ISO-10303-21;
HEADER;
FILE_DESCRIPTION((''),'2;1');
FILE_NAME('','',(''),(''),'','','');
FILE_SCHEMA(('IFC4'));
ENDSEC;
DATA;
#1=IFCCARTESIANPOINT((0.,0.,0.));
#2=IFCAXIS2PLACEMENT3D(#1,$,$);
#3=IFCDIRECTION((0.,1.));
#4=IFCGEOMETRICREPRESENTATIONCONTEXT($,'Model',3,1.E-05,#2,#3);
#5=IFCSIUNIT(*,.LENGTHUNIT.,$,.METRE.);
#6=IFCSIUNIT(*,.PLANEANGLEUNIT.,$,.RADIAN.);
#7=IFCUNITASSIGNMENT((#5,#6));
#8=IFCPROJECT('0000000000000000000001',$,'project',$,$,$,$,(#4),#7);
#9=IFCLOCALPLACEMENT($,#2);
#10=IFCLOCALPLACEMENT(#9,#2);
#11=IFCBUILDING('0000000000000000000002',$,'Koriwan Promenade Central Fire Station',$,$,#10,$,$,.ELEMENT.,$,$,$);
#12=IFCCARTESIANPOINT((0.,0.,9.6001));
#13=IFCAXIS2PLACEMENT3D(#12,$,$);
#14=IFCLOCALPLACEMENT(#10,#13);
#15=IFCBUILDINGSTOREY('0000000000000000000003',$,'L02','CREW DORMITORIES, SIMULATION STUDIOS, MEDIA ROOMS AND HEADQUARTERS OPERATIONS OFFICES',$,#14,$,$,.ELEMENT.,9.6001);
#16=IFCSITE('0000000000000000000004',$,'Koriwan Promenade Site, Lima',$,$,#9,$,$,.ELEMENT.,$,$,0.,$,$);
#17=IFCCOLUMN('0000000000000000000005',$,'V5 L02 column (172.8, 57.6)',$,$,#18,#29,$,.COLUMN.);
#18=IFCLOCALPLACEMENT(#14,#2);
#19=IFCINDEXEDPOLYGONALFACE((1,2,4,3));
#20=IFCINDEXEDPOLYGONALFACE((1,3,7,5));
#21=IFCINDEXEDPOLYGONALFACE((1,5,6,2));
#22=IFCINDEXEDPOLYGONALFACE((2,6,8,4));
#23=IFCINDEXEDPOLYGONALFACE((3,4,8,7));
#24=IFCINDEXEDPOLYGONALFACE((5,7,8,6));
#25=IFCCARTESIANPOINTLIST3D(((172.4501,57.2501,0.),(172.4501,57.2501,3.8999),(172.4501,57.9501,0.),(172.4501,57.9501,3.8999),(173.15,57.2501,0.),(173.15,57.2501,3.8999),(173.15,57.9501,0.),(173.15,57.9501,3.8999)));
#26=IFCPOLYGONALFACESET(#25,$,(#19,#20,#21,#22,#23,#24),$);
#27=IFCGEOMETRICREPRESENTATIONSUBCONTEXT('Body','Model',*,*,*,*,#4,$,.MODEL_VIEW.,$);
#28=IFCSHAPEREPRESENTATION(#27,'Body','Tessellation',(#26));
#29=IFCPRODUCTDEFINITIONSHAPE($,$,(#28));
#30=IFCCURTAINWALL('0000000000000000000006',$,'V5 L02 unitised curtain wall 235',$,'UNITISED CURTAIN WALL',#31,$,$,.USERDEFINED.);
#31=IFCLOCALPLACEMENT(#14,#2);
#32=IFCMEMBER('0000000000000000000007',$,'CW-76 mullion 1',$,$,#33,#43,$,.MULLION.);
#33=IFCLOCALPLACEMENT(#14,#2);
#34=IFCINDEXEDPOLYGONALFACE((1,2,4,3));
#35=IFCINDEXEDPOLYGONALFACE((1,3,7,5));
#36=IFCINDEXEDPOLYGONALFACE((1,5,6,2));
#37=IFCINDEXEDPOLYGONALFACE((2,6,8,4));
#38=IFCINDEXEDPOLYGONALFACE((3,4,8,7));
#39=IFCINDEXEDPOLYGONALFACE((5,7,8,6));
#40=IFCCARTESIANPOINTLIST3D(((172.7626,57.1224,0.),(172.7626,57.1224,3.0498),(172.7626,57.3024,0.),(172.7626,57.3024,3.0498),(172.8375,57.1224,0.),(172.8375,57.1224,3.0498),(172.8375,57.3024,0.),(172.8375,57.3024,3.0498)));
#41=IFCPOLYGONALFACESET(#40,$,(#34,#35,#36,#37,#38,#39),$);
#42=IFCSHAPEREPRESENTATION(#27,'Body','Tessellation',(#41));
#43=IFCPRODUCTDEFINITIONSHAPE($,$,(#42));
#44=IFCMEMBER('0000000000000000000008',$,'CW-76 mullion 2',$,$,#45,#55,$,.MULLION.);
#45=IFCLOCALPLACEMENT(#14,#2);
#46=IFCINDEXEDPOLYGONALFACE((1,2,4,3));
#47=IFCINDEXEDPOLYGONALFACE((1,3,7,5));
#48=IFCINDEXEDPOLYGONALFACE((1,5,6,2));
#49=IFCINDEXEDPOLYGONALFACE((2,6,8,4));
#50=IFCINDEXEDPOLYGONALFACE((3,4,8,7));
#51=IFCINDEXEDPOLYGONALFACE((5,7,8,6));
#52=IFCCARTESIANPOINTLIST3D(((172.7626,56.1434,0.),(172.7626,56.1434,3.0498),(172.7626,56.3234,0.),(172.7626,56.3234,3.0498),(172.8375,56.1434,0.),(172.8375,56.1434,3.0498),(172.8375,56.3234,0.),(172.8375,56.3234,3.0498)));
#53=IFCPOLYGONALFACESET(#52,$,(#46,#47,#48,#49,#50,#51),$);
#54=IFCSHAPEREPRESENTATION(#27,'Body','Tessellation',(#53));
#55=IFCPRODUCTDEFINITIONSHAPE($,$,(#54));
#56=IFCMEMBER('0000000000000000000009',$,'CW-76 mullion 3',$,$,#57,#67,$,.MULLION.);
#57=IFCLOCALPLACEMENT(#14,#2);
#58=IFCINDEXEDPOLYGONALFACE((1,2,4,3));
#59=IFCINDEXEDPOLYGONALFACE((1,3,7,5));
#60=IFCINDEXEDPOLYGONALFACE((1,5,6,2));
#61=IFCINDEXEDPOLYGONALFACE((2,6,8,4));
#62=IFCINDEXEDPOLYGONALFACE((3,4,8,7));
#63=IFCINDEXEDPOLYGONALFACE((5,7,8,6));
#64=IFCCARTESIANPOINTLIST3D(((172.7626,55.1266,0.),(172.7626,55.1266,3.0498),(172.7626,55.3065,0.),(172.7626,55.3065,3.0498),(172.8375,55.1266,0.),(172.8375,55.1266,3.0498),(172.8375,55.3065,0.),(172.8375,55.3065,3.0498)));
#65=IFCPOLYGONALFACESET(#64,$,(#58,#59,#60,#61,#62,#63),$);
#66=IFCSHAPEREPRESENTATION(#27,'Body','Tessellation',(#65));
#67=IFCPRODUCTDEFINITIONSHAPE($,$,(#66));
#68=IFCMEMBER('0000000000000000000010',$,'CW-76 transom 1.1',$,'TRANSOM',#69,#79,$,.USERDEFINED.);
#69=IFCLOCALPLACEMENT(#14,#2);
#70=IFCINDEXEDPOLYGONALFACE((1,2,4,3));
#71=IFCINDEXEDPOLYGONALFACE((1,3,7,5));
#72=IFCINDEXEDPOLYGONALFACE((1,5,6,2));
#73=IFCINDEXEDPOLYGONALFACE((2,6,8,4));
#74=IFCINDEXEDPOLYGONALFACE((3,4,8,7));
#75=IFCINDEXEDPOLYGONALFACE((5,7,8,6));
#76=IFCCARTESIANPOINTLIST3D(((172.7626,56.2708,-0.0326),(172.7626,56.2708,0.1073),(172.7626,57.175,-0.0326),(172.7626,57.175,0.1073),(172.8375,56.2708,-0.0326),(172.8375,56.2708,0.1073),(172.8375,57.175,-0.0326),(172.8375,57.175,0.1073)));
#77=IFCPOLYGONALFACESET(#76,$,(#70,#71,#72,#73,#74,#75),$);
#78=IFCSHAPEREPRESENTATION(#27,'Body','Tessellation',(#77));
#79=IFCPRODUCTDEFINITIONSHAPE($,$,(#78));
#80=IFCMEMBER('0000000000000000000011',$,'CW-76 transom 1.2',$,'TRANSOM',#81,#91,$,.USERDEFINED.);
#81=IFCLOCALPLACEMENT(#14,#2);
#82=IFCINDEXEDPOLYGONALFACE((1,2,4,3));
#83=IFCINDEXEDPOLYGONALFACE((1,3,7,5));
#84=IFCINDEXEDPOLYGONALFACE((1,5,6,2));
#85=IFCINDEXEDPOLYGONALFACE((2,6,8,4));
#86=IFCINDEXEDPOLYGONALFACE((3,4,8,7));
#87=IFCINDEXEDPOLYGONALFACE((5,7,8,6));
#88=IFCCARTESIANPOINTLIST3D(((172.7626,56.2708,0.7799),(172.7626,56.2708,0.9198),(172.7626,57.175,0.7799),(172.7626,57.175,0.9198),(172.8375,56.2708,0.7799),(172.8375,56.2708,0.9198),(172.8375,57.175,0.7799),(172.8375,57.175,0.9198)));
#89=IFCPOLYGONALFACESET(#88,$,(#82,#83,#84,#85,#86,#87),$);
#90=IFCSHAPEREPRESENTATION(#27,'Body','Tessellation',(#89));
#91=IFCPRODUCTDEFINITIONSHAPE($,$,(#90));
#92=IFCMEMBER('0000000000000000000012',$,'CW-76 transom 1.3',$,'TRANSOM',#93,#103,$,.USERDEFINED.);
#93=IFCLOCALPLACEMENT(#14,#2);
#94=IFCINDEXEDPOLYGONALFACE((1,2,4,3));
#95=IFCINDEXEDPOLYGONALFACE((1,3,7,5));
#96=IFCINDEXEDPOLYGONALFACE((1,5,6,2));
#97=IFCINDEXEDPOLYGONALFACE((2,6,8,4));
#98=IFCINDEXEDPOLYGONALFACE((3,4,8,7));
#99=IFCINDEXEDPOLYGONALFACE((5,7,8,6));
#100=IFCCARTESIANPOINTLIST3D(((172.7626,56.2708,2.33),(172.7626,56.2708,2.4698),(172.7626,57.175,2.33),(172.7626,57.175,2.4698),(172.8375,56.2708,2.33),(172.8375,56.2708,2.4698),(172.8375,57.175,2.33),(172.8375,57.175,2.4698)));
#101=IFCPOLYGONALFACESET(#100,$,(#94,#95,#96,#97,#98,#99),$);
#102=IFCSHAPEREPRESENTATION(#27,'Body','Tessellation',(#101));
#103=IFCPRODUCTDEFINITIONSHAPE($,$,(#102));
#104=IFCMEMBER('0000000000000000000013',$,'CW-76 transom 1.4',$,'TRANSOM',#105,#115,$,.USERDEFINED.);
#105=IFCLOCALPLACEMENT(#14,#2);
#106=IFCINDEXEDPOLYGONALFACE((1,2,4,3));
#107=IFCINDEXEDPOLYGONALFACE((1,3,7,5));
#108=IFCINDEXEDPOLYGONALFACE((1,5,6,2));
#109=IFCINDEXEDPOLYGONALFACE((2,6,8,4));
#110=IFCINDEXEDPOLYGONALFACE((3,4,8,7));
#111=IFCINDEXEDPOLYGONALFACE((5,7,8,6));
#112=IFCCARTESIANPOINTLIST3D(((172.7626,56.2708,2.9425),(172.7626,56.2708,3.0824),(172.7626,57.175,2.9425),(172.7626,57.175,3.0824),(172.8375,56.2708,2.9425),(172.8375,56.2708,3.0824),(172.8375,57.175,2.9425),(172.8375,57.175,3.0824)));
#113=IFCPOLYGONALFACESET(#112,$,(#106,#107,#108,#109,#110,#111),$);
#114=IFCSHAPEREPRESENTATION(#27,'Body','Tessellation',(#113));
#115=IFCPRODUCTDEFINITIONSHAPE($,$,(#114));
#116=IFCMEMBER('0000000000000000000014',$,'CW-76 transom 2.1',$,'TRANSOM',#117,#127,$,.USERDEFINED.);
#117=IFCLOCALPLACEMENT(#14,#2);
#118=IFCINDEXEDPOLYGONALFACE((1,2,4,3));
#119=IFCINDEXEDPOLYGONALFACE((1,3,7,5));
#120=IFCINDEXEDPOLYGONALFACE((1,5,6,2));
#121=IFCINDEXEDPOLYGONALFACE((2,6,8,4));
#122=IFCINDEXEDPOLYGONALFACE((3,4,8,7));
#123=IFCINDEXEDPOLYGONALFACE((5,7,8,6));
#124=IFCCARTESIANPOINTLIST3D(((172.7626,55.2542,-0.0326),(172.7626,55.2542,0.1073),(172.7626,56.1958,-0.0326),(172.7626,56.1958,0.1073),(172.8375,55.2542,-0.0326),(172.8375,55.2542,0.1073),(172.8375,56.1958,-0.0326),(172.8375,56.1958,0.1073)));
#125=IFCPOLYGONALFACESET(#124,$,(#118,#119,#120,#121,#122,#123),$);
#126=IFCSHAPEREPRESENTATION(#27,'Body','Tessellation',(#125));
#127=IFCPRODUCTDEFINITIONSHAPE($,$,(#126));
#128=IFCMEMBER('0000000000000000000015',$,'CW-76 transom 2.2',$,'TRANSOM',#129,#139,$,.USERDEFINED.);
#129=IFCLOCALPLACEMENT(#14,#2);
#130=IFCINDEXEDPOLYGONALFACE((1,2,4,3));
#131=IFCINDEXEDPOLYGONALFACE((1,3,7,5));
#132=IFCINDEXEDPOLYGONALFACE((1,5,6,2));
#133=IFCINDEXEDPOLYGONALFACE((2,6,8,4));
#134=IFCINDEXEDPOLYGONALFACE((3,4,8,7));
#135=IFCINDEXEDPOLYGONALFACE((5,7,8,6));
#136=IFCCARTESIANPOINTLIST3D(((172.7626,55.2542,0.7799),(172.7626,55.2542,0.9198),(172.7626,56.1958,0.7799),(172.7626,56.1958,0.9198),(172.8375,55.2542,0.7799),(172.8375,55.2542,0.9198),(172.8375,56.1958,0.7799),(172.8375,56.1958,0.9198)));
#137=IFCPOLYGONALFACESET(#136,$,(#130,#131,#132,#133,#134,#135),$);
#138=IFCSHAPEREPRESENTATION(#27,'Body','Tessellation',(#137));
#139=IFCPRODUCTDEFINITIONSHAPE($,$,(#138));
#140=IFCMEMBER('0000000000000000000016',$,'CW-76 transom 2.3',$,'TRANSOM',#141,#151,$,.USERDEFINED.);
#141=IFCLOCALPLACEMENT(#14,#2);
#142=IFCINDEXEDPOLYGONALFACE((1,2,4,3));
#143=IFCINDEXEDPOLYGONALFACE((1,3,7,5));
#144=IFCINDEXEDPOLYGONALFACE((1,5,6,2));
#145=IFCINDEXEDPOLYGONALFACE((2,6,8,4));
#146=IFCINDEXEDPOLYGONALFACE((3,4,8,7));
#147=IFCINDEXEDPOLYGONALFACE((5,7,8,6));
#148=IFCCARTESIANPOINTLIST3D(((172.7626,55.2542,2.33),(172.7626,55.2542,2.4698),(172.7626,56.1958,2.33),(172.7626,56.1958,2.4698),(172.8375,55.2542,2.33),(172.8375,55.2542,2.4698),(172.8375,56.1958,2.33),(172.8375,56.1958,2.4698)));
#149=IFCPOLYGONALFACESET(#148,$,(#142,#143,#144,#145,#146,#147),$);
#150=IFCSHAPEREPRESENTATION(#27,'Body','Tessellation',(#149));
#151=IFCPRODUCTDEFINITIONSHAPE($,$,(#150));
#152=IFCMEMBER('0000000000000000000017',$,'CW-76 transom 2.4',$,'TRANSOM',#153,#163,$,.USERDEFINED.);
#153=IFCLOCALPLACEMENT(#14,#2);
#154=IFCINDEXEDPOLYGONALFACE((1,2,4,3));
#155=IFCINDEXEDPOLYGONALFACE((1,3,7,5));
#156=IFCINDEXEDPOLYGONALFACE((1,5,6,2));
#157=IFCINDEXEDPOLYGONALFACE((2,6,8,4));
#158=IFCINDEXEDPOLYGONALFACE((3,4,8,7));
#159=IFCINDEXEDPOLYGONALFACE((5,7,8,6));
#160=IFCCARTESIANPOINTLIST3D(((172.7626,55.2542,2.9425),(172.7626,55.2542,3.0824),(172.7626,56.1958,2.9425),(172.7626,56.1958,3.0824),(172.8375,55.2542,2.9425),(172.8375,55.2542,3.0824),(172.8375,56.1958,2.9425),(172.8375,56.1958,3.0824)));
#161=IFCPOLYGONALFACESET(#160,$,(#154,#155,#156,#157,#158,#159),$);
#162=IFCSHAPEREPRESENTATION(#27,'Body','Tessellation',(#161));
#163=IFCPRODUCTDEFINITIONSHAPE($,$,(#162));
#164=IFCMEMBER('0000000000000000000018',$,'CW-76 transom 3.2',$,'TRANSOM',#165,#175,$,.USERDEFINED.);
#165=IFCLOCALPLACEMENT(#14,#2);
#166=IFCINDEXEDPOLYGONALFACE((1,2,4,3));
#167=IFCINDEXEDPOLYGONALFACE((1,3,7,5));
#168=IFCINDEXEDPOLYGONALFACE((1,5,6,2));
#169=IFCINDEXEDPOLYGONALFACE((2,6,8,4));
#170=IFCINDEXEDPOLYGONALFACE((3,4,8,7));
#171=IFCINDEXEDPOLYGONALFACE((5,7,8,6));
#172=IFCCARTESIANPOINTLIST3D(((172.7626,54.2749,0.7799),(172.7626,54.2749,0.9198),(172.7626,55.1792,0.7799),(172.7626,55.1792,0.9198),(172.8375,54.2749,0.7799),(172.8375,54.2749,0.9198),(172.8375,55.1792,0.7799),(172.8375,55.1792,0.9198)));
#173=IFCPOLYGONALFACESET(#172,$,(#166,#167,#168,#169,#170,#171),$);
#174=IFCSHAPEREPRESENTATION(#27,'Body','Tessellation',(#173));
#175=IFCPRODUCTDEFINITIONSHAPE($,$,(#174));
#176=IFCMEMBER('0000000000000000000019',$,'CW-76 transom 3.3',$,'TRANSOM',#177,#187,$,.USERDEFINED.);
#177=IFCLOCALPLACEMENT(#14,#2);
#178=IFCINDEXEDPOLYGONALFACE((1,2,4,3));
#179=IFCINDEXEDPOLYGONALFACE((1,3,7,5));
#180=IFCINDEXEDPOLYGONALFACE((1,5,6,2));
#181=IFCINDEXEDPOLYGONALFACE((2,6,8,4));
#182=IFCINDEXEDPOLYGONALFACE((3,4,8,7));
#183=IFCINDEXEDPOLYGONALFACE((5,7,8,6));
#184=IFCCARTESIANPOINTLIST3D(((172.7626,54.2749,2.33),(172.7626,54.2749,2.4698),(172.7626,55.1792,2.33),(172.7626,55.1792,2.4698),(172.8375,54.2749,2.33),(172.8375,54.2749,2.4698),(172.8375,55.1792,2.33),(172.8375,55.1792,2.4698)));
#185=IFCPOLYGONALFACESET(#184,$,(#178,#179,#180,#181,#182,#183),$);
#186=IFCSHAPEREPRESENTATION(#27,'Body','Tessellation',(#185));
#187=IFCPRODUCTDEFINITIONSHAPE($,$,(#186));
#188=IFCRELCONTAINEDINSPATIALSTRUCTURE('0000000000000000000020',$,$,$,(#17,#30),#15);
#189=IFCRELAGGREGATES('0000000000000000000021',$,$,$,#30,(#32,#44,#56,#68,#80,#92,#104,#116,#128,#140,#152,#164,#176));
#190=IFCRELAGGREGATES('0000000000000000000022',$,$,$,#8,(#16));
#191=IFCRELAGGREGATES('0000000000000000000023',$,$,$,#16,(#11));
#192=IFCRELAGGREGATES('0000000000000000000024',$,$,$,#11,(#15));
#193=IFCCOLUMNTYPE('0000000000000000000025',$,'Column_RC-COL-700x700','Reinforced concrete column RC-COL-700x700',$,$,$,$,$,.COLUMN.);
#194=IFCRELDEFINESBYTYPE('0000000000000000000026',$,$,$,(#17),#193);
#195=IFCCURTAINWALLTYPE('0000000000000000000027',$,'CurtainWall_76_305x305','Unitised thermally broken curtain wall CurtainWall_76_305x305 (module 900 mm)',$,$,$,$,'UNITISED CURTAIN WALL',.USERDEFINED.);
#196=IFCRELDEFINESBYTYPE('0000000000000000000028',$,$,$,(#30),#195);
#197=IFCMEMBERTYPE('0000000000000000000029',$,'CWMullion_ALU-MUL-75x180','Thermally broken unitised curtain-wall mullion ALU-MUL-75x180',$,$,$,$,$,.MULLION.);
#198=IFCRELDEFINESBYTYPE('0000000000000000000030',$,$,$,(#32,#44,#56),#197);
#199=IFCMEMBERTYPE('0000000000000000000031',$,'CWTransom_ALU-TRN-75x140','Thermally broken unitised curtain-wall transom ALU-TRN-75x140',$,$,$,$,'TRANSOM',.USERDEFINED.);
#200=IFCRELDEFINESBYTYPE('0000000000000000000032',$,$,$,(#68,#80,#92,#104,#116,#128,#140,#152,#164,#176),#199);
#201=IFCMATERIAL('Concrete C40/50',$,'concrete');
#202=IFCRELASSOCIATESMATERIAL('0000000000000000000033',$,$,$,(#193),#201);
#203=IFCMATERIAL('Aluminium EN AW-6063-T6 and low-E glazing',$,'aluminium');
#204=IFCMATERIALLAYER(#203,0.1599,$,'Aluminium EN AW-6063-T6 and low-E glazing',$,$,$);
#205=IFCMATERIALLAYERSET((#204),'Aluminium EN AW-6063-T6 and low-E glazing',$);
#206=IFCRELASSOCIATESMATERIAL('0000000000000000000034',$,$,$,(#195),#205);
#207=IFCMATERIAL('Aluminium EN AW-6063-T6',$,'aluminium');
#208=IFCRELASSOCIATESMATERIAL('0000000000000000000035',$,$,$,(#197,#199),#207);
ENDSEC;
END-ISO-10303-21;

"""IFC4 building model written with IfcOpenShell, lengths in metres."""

from ifc_helpers import new_model, si_unit, direction, frame, origin, origin_2d, place, context, subcontext, project, spatial, rectangle, extrude, material, layer, layer_set, material_profile, profile_set, type_object, element, aggregate, save


model = new_model("IFC4")

# Units and contexts
model_context = context("Model", 3, precision=1e-05, world=origin(), true_north=direction((0.0, 1.0)))
body_context = subcontext(model_context, "Body", "Model", "MODEL_VIEW")
ifc_project = project(units=[si_unit("LENGTHUNIT", "METRE"), si_unit("PLANEANGLEUNIT", "RADIAN")], contexts=[model_context])

# Site, building, storey
site_placement = place(None, origin())
site = spatial("IfcSite", under=ifc_project, at=site_placement, Name="Koriwan Promenade Site, Lima", CompositionType="ELEMENT", RefElevation=0.0)
building_placement = place(site_placement, origin())
building = spatial("IfcBuilding", under=site, at=building_placement, Name="Koriwan Promenade Central Fire Station", CompositionType="ELEMENT")
storey_placement = place(building_placement, frame((0.0, 0.0, 9.6001)))
storey = spatial("IfcBuildingStorey", under=building, at=storey_placement, Name="L02", Description="CREW DORMITORIES, SIMULATION STUDIOS, MEDIA ROOMS AND HEADQUARTERS OPERATIONS OFFICES", CompositionType="ELEMENT", Elevation=9.6001)

# Column
ifc_material_1 = material(Name="Concrete C40/50", Category="concrete")
ifc_material_profile_1 = material_profile(ifc_material_1, rectangle(XDim=0.7, YDim=0.7, at=origin_2d()), Name="RC-COL-700x700")
ifc_profile_set_1 = profile_set([ifc_material_profile_1], Name="Concrete C40/50")
column_type = type_object("IfcColumnType", Name="Column_RC-COL-700x700", Description="Reinforced concrete column RC-COL-700x700", PredefinedType="COLUMN", material=ifc_profile_set_1)
column_placement = place(storey_placement, frame((172.8, 57.6001, 0.0), z_axis=(0.0, 0.0, 1.0), x_axis=(1.0, 0.0, 0.0)))
element("IfcColumn", 1, at=column_placement, inside=storey, type_object=column_type, Name="V5 L02 column (172.8, 57.6)", PredefinedType="COLUMN", context=body_context, shape_type="SweptSolid", body=[
    extrude(rectangle(XDim=0.7, YDim=0.7, at=origin_2d()), origin(), (0.0, 0.0, 1.0), 3.8999),
])

# Curtain wall, members
ifc_material_2 = material(Name="Aluminium EN AW-6063-T6 and low-E glazing", Category="aluminium")
ifc_layer_1 = layer(ifc_material_2, 0.1599, Name="Aluminium EN AW-6063-T6 and low-E glazing")
ifc_layer_set_1 = layer_set([ifc_layer_1], Name="Aluminium EN AW-6063-T6 and low-E glazing")
curtain_wall_type = type_object("IfcCurtainWallType", Name="CurtainWall_76_305x305", Description="Unitised thermally broken curtain wall CurtainWall_76_305x305 (module 900 mm)", ElementType="UNITISED CURTAIN WALL", PredefinedType="USERDEFINED", material=ifc_layer_set_1)
curtain_wall_placement = place(storey_placement, origin())
curtain_wall = element("IfcCurtainWall", 2, at=curtain_wall_placement, inside=storey, type_object=curtain_wall_type, Name="V5 L02 unitised curtain wall 235", ObjectType="UNITISED CURTAIN WALL", PredefinedType="USERDEFINED")
ifc_material_3 = material(Name="Aluminium EN AW-6063-T6", Category="aluminium")
ifc_material_profile_2 = material_profile(ifc_material_3, rectangle(XDim=0.075, YDim=0.1799, at=origin_2d()), Name="ALU-MUL-75x180")
ifc_profile_set_2 = profile_set([ifc_material_profile_2], Name="Aluminium EN AW-6063-T6")
member_type_1 = type_object("IfcMemberType", Name="CWMullion_ALU-MUL-75x180", Description="Thermally broken unitised curtain-wall mullion ALU-MUL-75x180", PredefinedType="MULLION", material=ifc_profile_set_2)
member_1_placement = place(storey_placement, frame((172.8, 57.2124, 0.0), z_axis=(0.0, 0.0, 1.0), x_axis=(1.0, 0.0, 0.0)))
member_1 = element("IfcMember", 3, at=member_1_placement, type_object=member_type_1, Name="CW-76 mullion 1", PredefinedType="MULLION", context=body_context, shape_type="SweptSolid", body=[
    extrude(rectangle(XDim=0.075, YDim=0.1799, at=origin_2d()), origin(), (0.0, 0.0, 1.0), 3.0498),
])
member_2_placement = place(storey_placement, frame((172.8, 56.2334, 0.0), z_axis=(0.0, 0.0, 1.0), x_axis=(1.0, 0.0, 0.0)))
member_2 = element("IfcMember", 4, at=member_2_placement, type_object=member_type_1, Name="CW-76 mullion 2", PredefinedType="MULLION", context=body_context, shape_type="SweptSolid", body=[
    extrude(rectangle(XDim=0.075, YDim=0.1799, at=origin_2d()), origin(), (0.0, 0.0, 1.0), 3.0498),
])
member_3_placement = place(storey_placement, frame((172.8, 55.2166, 0.0), z_axis=(0.0, 0.0, 1.0), x_axis=(1.0, 0.0, 0.0)))
member_3 = element("IfcMember", 5, at=member_3_placement, type_object=member_type_1, Name="CW-76 mullion 3", PredefinedType="MULLION", context=body_context, shape_type="SweptSolid", body=[
    extrude(rectangle(XDim=0.075, YDim=0.1799, at=origin_2d()), origin(), (0.0, 0.0, 1.0), 3.0498),
])
ifc_material_profile_3 = material_profile(ifc_material_3, rectangle(XDim=0.075, YDim=0.1399, at=origin_2d()), Name="ALU-TRN-75x140")
ifc_profile_set_3 = profile_set([ifc_material_profile_3], Name="Aluminium EN AW-6063-T6")
member_type_2 = type_object("IfcMemberType", Name="CWTransom_ALU-TRN-75x140", Description="Thermally broken unitised curtain-wall transom ALU-TRN-75x140", ElementType="TRANSOM", PredefinedType="USERDEFINED", material=ifc_profile_set_3)
member_4_placement = place(storey_placement, frame((172.8, 57.175, 0.0374), z_axis=(0.0, -1.0, 0.0), x_axis=(1.0, 0.0, 0.0)))
member_4 = element("IfcMember", 6, at=member_4_placement, type_object=member_type_2, Name="CW-76 transom 1.1", ObjectType="TRANSOM", PredefinedType="USERDEFINED", context=body_context, shape_type="SweptSolid", body=[
    extrude(rectangle(XDim=0.075, YDim=0.1399, at=origin_2d()), origin(), (0.0, 0.0, 1.0), 0.9043),
])
member_5_placement = place(storey_placement, frame((172.8, 57.175, 0.8499), z_axis=(0.0, -1.0, 0.0), x_axis=(1.0, 0.0, 0.0)))
member_5 = element("IfcMember", 7, at=member_5_placement, type_object=member_type_2, Name="CW-76 transom 1.2", ObjectType="TRANSOM", PredefinedType="USERDEFINED", context=body_context, shape_type="SweptSolid", body=[
    extrude(rectangle(XDim=0.075, YDim=0.1399, at=origin_2d()), origin(), (0.0, 0.0, 1.0), 0.9043),
])
member_6_placement = place(storey_placement, frame((172.8, 57.175, 2.3999), z_axis=(0.0, -1.0, 0.0), x_axis=(1.0, 0.0, 0.0)))
member_6 = element("IfcMember", 8, at=member_6_placement, type_object=member_type_2, Name="CW-76 transom 1.3", ObjectType="TRANSOM", PredefinedType="USERDEFINED", context=body_context, shape_type="SweptSolid", body=[
    extrude(rectangle(XDim=0.075, YDim=0.1399, at=origin_2d()), origin(), (0.0, 0.0, 1.0), 0.9043),
])
member_7_placement = place(storey_placement, frame((172.8, 57.175, 3.0125), z_axis=(0.0, -1.0, 0.0), x_axis=(1.0, 0.0, 0.0)))
member_7 = element("IfcMember", 9, at=member_7_placement, type_object=member_type_2, Name="CW-76 transom 1.4", ObjectType="TRANSOM", PredefinedType="USERDEFINED", context=body_context, shape_type="SweptSolid", body=[
    extrude(rectangle(XDim=0.075, YDim=0.1399, at=origin_2d()), origin(), (0.0, 0.0, 1.0), 0.9043),
])
member_8_placement = place(storey_placement, frame((172.8, 56.1958, 0.0374), z_axis=(0.0, -1.0, 0.0), x_axis=(1.0, 0.0, 0.0)))
member_8 = element("IfcMember", 10, at=member_8_placement, type_object=member_type_2, Name="CW-76 transom 2.1", ObjectType="TRANSOM", PredefinedType="USERDEFINED", context=body_context, shape_type="SweptSolid", body=[
    extrude(rectangle(XDim=0.075, YDim=0.1399, at=origin_2d()), origin(), (0.0, 0.0, 1.0), 0.9417),
])
member_9_placement = place(storey_placement, frame((172.8, 56.1958, 0.8499), z_axis=(0.0, -1.0, 0.0), x_axis=(1.0, 0.0, 0.0)))
member_9 = element("IfcMember", 11, at=member_9_placement, type_object=member_type_2, Name="CW-76 transom 2.2", ObjectType="TRANSOM", PredefinedType="USERDEFINED", context=body_context, shape_type="SweptSolid", body=[
    extrude(rectangle(XDim=0.075, YDim=0.1399, at=origin_2d()), origin(), (0.0, 0.0, 1.0), 0.9417),
])
member_10_placement = place(storey_placement, frame((172.8, 56.1958, 2.3999), z_axis=(0.0, -1.0, 0.0), x_axis=(1.0, 0.0, 0.0)))
member_10 = element("IfcMember", 12, at=member_10_placement, type_object=member_type_2, Name="CW-76 transom 2.3", ObjectType="TRANSOM", PredefinedType="USERDEFINED", context=body_context, shape_type="SweptSolid", body=[
    extrude(rectangle(XDim=0.075, YDim=0.1399, at=origin_2d()), origin(), (0.0, 0.0, 1.0), 0.9417),
])
member_11_placement = place(storey_placement, frame((172.8, 56.1958, 3.0125), z_axis=(0.0, -1.0, 0.0), x_axis=(1.0, 0.0, 0.0)))
member_11 = element("IfcMember", 13, at=member_11_placement, type_object=member_type_2, Name="CW-76 transom 2.4", ObjectType="TRANSOM", PredefinedType="USERDEFINED", context=body_context, shape_type="SweptSolid", body=[
    extrude(rectangle(XDim=0.075, YDim=0.1399, at=origin_2d()), origin(), (0.0, 0.0, 1.0), 0.9417),
])
member_12_placement = place(storey_placement, frame((172.8, 55.1792, 0.8499), z_axis=(0.0, -1.0, 0.0), x_axis=(1.0, 0.0, 0.0)))
member_12 = element("IfcMember", 14, at=member_12_placement, type_object=member_type_2, Name="CW-76 transom 3.2", ObjectType="TRANSOM", PredefinedType="USERDEFINED", context=body_context, shape_type="SweptSolid", body=[
    extrude(rectangle(XDim=0.075, YDim=0.1399, at=origin_2d()), origin(), (0.0, 0.0, 1.0), 0.9043),
])
member_13_placement = place(storey_placement, frame((172.8, 55.1792, 2.3999), z_axis=(0.0, -1.0, 0.0), x_axis=(1.0, 0.0, 0.0)))
member_13 = element("IfcMember", 15, at=member_13_placement, type_object=member_type_2, Name="CW-76 transom 3.3", ObjectType="TRANSOM", PredefinedType="USERDEFINED", context=body_context, shape_type="SweptSolid", body=[
    extrude(rectangle(XDim=0.075, YDim=0.1399, at=origin_2d()), origin(), (0.0, 0.0, 1.0), 0.9043),
])

aggregate(curtain_wall, [member_1, member_2, member_3, member_4, member_5, member_6, member_7, member_8, member_9, member_10, member_11, member_12, member_13])

save(model, "model.ifc")
